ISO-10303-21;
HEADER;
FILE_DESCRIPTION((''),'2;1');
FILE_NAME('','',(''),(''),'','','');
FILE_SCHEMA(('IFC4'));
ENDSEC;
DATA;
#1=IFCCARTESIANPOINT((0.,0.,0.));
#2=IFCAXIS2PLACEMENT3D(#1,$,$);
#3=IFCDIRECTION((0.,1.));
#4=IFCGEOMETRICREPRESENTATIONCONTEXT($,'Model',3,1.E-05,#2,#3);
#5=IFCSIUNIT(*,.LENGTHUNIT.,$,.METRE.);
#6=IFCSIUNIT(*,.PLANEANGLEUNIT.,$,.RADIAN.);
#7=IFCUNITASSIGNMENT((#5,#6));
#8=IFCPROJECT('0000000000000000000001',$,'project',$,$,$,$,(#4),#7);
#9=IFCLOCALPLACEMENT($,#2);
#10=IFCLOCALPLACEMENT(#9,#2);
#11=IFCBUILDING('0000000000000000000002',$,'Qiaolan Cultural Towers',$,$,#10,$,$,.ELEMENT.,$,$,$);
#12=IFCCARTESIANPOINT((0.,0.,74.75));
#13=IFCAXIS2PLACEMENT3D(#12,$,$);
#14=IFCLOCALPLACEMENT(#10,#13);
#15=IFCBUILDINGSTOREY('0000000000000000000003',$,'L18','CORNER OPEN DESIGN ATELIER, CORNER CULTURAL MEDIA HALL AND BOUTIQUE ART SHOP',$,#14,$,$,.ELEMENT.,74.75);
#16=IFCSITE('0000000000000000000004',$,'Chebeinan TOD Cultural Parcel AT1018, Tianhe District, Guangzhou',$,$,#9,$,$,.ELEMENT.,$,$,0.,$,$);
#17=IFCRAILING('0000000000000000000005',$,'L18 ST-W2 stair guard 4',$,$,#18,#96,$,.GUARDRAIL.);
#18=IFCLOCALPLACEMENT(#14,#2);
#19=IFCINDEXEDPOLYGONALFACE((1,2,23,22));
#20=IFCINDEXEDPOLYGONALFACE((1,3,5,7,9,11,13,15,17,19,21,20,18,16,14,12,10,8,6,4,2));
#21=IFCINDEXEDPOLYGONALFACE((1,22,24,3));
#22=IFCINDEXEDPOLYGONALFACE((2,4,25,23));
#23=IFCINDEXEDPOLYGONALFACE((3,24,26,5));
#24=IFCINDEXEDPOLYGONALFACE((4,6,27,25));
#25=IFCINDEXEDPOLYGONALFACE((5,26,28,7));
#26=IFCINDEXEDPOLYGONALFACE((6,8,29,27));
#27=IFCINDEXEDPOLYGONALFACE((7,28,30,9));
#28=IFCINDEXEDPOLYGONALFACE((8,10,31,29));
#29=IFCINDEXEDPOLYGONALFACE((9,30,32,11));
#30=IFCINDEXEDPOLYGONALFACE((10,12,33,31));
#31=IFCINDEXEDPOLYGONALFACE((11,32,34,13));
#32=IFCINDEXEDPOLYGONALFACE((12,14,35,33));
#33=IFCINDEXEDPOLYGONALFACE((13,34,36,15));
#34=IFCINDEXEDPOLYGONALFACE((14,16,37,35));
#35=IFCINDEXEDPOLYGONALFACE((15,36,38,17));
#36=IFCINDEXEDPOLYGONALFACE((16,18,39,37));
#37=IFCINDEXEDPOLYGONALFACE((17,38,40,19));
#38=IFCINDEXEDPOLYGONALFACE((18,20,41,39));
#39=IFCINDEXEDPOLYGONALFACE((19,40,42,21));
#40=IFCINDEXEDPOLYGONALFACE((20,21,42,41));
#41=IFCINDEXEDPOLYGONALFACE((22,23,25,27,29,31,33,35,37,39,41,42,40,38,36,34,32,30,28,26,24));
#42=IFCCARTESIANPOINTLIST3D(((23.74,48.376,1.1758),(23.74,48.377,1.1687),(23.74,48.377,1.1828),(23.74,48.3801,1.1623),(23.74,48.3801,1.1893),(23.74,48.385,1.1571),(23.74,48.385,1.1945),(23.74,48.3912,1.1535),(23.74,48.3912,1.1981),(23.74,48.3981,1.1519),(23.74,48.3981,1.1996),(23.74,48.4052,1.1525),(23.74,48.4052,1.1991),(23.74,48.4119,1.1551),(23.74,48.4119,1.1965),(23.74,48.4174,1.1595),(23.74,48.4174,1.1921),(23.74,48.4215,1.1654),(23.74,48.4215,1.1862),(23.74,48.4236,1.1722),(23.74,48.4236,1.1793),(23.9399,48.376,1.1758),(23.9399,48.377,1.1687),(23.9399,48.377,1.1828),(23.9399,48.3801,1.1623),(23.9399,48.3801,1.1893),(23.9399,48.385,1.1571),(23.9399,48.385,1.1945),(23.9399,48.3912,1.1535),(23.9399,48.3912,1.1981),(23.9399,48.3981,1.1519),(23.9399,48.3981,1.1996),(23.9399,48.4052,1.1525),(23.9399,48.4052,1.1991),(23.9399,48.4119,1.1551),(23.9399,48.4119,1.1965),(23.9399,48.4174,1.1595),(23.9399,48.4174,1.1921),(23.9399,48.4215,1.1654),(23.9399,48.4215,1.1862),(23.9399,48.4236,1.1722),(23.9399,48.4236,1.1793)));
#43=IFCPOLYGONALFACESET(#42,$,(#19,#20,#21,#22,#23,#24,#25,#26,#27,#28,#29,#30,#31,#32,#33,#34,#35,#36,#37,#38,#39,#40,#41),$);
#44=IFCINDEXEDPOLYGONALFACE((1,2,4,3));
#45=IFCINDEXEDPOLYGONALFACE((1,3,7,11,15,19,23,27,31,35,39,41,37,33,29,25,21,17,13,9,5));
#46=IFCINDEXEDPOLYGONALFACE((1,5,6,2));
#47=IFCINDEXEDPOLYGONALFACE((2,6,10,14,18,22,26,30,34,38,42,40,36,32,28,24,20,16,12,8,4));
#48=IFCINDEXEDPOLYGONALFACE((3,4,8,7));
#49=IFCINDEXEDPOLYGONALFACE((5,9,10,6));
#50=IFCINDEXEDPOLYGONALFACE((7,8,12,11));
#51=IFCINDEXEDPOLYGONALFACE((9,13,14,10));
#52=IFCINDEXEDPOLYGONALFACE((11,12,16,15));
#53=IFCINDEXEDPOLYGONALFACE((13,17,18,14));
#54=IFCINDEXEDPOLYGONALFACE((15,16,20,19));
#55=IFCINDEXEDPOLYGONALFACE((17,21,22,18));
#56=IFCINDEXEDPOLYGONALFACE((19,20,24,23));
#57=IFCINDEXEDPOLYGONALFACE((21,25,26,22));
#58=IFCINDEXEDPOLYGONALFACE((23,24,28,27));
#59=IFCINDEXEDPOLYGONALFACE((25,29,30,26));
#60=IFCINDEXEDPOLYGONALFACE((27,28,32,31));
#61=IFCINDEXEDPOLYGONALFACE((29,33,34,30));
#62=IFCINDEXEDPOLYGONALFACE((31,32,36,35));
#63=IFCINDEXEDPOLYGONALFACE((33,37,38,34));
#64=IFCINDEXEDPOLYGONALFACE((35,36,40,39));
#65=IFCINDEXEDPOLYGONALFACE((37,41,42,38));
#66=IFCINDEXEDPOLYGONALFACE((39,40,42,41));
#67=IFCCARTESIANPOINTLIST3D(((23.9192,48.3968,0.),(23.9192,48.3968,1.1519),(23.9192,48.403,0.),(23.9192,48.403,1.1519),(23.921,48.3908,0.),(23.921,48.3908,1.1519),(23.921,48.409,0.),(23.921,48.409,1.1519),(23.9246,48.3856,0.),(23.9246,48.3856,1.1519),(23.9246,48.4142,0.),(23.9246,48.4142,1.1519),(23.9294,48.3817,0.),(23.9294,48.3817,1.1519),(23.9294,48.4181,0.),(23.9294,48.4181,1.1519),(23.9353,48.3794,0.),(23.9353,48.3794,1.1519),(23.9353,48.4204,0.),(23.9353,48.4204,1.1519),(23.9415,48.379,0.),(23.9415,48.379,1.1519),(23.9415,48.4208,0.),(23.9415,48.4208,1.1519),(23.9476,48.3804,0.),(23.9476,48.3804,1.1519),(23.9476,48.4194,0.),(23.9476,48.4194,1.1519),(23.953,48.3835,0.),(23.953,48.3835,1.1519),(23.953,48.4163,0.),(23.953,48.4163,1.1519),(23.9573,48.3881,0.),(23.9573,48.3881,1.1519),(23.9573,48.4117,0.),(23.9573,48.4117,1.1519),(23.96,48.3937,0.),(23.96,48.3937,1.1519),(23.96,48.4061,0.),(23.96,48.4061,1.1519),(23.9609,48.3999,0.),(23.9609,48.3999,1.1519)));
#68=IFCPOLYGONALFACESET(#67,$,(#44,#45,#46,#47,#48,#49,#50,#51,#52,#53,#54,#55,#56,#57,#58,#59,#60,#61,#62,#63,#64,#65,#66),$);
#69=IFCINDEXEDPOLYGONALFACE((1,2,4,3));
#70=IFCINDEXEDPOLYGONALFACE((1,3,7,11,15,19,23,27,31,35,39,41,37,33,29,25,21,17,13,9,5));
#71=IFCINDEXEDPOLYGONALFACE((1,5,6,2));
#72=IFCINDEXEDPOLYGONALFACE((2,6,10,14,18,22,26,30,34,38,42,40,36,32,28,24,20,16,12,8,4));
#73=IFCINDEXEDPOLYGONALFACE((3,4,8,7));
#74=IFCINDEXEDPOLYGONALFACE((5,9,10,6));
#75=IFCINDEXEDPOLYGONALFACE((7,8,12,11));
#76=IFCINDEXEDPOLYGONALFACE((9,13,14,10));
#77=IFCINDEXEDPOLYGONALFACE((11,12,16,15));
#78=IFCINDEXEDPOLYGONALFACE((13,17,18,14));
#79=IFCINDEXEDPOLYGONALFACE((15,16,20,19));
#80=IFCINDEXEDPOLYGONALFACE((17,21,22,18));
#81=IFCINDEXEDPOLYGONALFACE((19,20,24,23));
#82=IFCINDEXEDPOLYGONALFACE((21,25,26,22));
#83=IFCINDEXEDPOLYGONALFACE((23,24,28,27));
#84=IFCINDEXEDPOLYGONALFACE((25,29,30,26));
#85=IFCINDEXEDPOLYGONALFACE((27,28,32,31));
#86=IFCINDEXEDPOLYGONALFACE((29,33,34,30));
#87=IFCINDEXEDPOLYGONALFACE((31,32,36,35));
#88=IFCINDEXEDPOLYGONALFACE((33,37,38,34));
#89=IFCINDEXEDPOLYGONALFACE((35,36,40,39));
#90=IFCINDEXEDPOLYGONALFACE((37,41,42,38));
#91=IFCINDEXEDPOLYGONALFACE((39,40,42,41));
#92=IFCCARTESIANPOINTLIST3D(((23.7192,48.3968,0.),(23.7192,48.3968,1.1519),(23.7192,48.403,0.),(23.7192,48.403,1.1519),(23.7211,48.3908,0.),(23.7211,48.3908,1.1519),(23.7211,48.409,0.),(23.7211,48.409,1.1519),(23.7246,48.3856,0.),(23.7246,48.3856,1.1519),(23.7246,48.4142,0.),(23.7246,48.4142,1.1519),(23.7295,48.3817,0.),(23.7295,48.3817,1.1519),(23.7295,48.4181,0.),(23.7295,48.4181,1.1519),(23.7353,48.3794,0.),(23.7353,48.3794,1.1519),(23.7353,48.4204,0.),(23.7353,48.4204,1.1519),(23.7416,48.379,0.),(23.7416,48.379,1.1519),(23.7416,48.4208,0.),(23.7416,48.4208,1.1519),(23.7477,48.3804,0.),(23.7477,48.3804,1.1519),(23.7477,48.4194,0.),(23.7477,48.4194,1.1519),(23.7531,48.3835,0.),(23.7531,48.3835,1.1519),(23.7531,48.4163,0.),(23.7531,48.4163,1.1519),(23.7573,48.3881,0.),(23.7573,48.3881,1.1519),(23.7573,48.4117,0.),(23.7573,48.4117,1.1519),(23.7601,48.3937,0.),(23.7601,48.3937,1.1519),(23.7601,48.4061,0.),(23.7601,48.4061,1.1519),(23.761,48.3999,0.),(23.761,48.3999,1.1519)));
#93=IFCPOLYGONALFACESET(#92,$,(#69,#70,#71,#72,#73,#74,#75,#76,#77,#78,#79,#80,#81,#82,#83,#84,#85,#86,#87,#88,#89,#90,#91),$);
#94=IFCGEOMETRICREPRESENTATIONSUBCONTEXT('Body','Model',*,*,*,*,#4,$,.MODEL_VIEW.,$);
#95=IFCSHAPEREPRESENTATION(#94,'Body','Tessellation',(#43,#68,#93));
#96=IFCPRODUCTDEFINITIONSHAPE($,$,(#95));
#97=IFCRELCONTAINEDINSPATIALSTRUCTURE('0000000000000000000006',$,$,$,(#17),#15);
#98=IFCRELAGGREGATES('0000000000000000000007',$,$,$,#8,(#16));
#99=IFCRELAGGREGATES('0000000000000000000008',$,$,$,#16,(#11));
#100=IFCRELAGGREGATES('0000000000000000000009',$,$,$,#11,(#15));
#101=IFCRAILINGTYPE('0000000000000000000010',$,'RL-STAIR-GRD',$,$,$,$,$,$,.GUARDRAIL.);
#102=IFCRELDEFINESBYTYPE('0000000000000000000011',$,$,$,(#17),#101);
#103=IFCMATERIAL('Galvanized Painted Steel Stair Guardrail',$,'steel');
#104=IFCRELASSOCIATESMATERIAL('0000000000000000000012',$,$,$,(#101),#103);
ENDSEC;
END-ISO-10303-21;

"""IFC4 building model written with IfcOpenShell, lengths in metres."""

from ifc_helpers import new_model, si_unit, direction, frame, origin, origin_2d, place, context, subcontext, project, spatial, circle, extrude, material, type_object, element, save


model = new_model("IFC4")

# Units and contexts
model_context = context("Model", 3, precision=1e-05, world=origin(), true_north=direction((0.0, 1.0)))
body_context = subcontext(model_context, "Body", "Model", "MODEL_VIEW")
ifc_project = project(units=[si_unit("LENGTHUNIT", "METRE"), si_unit("PLANEANGLEUNIT", "RADIAN")], contexts=[model_context])

# Site, building, storey
site_placement = place(None, origin())
site = spatial("IfcSite", under=ifc_project, at=site_placement, Name="Chebeinan TOD Cultural Parcel AT1018, Tianhe District, Guangzhou", CompositionType="ELEMENT", RefElevation=0.0)
building_placement = place(site_placement, origin())
building = spatial("IfcBuilding", under=site, at=building_placement, Name="Qiaolan Cultural Towers", CompositionType="ELEMENT")
storey_placement = place(building_placement, frame((0.0, 0.0, 74.75)))
storey = spatial("IfcBuildingStorey", under=building, at=storey_placement, Name="L18", Description="CORNER OPEN DESIGN ATELIER, CORNER CULTURAL MEDIA HALL AND BOUTIQUE ART SHOP", CompositionType="ELEMENT", Elevation=74.75)

# Railing
ifc_material_1 = material(Name="Galvanized Painted Steel Stair Guardrail", Category="steel")
railing_type_1 = type_object("IfcRailingType", Name="RL-STAIR-GRD", PredefinedType="GUARDRAIL", material=ifc_material_1)
railing_1_placement = place(storey_placement, frame((23.9399, 48.3999, 0.0)))
element("IfcRailing", 1, at=railing_1_placement, inside=storey, type_object=railing_type_1, Name="L18 ST-W2 stair guard 4", PredefinedType="GUARDRAIL", context=body_context, shape_type="SweptSolid", body=[
    extrude(circle(Radius=0.0239, at=origin_2d()), frame((0.0, 0.0, 1.1758), z_axis=(-1.0, 0.0, 0.0), x_axis=(0.0, -1.0, 0.0)), (0.0, 0.0, 1.0), 0.2),
    extrude(circle(Radius=0.021, at=origin_2d()), origin(), (0.0, 0.0, 1.0), 1.1519),
    extrude(circle(Radius=0.021, at=origin_2d()), frame((-0.2, 0.0, 0.0)), (0.0, 0.0, 1.0), 1.1519),
])

save(model, "model.ifc")
